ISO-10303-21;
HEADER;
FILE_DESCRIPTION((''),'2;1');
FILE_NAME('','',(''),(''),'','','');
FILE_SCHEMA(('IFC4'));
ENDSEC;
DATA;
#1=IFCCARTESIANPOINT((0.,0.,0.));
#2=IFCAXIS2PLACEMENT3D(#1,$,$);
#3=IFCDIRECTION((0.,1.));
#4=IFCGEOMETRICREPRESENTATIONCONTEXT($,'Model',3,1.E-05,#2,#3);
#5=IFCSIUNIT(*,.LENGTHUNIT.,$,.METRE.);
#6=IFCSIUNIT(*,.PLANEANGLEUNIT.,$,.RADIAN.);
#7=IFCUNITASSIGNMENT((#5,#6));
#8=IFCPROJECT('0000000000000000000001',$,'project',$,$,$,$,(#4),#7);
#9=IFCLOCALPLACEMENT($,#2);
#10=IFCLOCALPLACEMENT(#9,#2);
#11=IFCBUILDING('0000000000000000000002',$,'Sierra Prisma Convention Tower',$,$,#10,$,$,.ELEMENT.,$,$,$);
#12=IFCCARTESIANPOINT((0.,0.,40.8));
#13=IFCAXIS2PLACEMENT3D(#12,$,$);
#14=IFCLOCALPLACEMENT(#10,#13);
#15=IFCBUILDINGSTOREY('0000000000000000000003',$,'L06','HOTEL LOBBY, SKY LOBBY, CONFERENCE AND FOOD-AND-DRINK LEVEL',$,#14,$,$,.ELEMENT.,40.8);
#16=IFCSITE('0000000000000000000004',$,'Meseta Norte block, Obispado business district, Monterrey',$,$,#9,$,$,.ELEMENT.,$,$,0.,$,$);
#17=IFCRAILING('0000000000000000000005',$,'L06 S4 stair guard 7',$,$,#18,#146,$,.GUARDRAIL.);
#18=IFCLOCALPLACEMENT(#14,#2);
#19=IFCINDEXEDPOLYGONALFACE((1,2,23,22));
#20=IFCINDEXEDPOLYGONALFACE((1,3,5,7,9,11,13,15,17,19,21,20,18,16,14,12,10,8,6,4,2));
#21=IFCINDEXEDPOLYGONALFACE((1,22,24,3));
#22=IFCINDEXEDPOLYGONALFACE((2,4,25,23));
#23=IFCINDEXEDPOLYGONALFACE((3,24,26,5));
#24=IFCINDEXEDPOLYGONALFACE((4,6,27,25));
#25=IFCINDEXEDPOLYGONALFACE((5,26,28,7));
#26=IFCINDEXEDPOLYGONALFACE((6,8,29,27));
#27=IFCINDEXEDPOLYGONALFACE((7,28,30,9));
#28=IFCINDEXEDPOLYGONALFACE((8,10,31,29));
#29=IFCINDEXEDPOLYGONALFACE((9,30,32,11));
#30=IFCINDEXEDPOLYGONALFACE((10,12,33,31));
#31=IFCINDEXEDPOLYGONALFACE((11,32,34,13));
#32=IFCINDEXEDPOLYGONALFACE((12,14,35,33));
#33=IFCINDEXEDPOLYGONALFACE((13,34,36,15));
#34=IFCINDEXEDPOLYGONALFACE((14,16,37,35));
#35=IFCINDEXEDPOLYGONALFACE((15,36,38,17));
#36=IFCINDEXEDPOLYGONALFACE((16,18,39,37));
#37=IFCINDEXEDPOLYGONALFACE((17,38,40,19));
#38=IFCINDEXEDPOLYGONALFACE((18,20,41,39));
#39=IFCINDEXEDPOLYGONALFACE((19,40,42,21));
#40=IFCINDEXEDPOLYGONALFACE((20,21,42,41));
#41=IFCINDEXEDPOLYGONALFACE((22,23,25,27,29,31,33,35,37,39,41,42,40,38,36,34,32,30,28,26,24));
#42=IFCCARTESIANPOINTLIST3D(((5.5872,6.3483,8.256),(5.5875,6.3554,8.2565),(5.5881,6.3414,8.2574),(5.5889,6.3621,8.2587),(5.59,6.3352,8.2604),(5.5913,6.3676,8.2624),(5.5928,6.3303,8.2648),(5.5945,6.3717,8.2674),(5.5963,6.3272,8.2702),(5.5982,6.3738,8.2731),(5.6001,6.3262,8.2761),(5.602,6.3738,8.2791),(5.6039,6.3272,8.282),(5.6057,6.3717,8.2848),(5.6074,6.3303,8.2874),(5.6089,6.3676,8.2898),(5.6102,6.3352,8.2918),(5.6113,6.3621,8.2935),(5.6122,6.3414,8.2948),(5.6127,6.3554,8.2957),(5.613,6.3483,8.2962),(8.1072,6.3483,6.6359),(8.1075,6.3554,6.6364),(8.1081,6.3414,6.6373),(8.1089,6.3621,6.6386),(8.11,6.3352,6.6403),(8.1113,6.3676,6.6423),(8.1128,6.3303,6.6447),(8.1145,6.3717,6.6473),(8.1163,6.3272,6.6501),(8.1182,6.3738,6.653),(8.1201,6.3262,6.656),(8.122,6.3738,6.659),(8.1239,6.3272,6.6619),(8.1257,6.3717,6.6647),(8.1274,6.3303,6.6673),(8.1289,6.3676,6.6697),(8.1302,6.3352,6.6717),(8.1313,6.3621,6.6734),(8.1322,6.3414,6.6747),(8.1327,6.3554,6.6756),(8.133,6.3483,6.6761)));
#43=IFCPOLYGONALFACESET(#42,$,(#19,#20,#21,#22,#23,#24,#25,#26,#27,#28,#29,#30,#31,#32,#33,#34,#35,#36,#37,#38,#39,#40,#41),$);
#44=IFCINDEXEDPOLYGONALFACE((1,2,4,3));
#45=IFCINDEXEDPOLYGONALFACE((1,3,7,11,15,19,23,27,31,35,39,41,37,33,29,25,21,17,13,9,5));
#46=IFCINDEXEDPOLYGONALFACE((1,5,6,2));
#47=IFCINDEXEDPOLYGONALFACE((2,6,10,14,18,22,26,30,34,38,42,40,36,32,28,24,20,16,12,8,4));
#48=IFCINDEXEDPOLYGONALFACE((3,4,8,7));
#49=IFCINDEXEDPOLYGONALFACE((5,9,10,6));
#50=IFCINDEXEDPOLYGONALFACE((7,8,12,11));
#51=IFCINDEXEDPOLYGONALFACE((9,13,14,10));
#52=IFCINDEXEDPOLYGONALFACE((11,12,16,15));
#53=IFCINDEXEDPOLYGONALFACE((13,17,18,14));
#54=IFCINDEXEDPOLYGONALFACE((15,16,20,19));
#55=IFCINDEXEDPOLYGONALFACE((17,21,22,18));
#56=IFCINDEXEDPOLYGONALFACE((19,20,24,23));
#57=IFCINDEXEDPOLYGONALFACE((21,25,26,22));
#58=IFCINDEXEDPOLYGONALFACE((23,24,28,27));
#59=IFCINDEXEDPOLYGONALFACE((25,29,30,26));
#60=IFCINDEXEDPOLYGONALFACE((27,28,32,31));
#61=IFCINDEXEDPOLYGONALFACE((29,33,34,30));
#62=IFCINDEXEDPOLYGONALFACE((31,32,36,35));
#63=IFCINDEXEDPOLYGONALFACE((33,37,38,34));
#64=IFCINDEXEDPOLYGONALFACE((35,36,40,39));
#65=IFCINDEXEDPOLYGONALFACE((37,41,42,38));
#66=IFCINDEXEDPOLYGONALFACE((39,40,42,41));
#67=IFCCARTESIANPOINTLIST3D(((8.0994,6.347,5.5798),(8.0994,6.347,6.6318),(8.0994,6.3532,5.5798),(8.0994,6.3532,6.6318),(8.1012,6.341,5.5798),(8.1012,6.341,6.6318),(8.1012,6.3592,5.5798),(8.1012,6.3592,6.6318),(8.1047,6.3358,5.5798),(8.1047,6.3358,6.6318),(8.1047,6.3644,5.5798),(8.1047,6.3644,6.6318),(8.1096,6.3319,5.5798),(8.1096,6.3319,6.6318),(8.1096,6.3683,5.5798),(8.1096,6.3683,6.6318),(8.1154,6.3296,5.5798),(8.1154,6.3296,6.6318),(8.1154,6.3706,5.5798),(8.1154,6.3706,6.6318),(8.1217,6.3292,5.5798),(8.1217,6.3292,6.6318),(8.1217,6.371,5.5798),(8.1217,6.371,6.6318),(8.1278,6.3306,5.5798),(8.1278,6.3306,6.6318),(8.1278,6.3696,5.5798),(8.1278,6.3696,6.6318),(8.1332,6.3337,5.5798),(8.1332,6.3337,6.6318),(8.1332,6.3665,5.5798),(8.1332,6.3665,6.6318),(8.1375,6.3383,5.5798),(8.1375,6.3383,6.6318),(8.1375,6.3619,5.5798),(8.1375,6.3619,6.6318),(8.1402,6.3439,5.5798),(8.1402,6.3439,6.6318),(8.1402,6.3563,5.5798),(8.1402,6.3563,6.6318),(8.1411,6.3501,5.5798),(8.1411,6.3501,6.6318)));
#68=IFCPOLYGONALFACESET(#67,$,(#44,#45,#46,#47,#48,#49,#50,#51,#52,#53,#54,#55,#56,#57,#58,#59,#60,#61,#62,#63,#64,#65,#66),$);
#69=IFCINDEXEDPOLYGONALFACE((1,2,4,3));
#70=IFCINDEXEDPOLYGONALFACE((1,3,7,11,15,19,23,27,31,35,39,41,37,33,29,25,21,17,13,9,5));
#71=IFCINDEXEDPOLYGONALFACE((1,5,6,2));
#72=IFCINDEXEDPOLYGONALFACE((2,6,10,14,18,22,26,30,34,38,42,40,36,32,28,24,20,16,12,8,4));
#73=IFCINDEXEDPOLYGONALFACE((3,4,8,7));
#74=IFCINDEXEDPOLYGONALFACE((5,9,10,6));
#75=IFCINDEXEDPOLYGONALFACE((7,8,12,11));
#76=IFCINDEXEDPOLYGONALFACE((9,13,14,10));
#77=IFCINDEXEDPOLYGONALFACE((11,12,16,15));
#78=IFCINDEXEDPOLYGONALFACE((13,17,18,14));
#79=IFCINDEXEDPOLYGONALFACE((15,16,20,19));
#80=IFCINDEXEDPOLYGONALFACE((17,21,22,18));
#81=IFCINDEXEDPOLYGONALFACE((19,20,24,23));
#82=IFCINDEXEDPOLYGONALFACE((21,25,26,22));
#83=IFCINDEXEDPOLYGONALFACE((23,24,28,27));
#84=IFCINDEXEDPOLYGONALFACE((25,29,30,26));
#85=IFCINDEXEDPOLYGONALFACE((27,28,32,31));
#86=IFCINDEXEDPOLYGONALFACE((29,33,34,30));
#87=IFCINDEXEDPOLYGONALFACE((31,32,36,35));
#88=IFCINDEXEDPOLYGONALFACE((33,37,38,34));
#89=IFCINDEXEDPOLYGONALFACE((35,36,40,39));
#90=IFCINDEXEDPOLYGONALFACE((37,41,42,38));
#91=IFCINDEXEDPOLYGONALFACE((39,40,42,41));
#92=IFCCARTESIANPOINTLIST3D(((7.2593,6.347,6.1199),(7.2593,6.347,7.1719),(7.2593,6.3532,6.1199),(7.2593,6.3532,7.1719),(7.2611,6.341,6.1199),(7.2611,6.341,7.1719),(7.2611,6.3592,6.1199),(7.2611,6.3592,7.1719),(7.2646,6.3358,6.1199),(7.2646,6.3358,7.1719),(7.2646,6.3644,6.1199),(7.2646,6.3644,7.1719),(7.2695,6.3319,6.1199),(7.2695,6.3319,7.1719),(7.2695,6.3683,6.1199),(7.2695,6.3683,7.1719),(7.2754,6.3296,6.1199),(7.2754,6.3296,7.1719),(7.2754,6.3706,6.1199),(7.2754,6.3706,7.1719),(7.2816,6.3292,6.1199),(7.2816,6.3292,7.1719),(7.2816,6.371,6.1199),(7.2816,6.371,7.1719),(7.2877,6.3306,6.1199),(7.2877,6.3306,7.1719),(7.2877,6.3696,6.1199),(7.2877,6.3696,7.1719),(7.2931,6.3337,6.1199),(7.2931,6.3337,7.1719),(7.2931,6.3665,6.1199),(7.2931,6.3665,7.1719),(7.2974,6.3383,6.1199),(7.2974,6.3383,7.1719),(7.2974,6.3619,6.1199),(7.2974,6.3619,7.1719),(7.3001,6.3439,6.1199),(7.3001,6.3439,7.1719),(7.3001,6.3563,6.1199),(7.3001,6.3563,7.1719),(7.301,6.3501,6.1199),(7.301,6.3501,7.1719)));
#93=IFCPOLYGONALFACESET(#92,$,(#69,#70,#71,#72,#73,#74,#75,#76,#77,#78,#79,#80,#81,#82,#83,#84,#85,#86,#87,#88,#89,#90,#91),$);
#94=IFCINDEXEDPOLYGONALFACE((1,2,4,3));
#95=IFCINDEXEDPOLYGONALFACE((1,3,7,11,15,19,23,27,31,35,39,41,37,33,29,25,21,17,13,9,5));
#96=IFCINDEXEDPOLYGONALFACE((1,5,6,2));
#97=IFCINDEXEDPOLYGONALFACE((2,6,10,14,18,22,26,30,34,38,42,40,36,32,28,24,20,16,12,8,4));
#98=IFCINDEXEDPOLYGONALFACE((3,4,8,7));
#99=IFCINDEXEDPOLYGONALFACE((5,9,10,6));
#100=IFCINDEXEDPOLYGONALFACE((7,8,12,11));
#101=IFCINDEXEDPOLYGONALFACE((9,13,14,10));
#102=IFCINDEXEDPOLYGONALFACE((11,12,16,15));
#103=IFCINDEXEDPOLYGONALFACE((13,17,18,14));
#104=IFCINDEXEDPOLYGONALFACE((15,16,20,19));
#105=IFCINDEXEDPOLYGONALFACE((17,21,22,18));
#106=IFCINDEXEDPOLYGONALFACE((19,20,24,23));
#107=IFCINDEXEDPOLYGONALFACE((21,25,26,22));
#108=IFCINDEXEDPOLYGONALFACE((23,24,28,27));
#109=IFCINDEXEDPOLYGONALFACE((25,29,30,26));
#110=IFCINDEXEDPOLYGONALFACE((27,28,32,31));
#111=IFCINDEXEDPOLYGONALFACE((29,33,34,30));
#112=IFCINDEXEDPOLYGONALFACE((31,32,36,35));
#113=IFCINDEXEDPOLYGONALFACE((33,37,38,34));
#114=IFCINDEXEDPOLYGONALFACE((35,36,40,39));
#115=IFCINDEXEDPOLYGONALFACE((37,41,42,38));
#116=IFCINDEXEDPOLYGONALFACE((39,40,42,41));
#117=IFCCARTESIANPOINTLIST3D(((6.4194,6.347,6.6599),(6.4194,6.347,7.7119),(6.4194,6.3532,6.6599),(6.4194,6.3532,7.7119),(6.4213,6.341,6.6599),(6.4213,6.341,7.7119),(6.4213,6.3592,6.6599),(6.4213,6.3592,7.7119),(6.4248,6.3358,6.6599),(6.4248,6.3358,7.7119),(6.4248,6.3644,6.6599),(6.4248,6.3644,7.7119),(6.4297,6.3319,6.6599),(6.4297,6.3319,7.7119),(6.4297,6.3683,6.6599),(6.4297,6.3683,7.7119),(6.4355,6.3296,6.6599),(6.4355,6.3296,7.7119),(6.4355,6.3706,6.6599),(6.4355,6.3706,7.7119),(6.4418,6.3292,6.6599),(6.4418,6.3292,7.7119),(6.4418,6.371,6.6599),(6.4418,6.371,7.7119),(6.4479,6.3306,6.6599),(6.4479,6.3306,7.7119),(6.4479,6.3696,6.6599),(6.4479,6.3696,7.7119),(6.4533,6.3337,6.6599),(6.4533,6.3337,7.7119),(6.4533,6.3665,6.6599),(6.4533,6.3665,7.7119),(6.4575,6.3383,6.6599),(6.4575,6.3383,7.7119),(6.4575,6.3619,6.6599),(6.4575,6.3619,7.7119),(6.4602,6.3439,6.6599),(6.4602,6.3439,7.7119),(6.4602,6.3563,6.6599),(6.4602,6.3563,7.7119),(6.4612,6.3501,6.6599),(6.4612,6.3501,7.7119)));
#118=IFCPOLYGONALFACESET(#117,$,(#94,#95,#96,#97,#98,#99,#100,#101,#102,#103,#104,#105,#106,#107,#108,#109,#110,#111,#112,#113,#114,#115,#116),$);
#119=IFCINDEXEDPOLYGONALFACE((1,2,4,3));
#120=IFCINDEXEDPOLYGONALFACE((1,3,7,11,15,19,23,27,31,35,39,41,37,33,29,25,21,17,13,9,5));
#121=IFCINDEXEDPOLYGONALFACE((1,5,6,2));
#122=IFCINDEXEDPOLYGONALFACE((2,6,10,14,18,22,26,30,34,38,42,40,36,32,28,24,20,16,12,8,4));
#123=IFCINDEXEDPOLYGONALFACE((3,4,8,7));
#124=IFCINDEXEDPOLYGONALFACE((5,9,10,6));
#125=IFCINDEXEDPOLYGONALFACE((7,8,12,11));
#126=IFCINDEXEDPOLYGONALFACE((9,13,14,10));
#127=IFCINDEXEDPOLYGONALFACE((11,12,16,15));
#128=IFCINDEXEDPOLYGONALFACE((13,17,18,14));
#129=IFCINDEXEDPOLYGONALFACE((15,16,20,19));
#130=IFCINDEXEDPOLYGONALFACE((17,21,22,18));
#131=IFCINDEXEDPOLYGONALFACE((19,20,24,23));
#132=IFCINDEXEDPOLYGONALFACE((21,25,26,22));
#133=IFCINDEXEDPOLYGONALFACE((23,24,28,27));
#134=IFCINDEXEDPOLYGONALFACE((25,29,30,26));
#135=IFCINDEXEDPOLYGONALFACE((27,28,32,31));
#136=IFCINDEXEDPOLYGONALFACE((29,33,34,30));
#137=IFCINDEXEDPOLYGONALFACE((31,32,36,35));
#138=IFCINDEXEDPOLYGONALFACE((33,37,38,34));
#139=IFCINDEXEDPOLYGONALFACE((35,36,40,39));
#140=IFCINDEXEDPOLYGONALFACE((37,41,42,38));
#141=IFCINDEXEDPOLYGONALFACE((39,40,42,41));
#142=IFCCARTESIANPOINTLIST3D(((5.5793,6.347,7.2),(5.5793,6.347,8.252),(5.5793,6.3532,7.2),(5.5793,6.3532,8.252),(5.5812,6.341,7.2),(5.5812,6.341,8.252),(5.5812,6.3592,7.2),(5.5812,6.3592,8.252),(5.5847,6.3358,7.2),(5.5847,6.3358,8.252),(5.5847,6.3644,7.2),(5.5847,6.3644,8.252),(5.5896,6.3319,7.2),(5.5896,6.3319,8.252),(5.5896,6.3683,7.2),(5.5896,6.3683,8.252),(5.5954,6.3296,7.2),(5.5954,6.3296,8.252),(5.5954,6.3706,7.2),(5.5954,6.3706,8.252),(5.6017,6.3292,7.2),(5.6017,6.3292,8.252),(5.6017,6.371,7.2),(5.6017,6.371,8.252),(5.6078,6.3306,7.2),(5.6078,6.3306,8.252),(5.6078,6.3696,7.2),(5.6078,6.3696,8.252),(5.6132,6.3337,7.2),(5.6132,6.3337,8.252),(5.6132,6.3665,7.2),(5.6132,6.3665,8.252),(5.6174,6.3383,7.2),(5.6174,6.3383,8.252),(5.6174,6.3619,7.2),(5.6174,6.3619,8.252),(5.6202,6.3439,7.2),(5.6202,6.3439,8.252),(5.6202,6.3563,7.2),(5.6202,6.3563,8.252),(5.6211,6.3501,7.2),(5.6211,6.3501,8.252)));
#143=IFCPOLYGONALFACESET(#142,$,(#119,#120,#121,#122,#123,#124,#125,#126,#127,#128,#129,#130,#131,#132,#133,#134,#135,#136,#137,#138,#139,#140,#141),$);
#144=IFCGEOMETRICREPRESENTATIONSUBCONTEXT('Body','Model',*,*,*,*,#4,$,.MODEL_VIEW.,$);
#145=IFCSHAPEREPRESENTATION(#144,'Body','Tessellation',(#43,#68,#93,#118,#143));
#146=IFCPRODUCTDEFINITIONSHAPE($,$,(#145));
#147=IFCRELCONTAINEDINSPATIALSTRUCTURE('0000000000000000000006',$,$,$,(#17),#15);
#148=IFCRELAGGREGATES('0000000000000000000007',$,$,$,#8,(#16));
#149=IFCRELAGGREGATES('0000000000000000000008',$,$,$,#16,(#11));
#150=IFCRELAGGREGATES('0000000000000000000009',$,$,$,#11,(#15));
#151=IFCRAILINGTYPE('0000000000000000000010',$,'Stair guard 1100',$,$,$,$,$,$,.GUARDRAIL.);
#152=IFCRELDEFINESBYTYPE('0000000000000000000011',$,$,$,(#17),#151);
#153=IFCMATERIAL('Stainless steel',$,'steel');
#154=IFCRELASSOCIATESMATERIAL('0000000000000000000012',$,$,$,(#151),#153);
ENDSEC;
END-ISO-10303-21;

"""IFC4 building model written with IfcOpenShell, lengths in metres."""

from ifc_helpers import new_model, si_unit, direction, frame, origin, origin_2d, place, context, subcontext, project, spatial, circle, extrude, material, type_object, element, save


model = new_model("IFC4")

# Units and contexts
model_context = context("Model", 3, precision=1e-05, world=origin(), true_north=direction((0.0, 1.0)))
body_context = subcontext(model_context, "Body", "Model", "MODEL_VIEW")
ifc_project = project(units=[si_unit("LENGTHUNIT", "METRE"), si_unit("PLANEANGLEUNIT", "RADIAN")], contexts=[model_context])

# Site, building, storey
site_placement = place(None, origin())
site = spatial("IfcSite", under=ifc_project, at=site_placement, Name="Meseta Norte block, Obispado business district, Monterrey", CompositionType="ELEMENT", RefElevation=0.0)
building_placement = place(site_placement, origin())
building = spatial("IfcBuilding", under=site, at=building_placement, Name="Sierra Prisma Convention Tower", CompositionType="ELEMENT")
storey_placement = place(building_placement, frame((0.0, 0.0, 40.8)))
storey = spatial("IfcBuildingStorey", under=building, at=storey_placement, Name="L06", Description="HOTEL LOBBY, SKY LOBBY, CONFERENCE AND FOOD-AND-DRINK LEVEL", CompositionType="ELEMENT", Elevation=40.8)

# Railing
ifc_material_1 = material(Name="Stainless steel", Category="steel")
railing_type_1 = type_object("IfcRailingType", Name="Stair guard 1100", PredefinedType="GUARDRAIL", material=ifc_material_1)
railing_1_placement = place(storey_placement, frame((8.1201, 6.3501, 5.5798)))
element("IfcRailing", 1, at=railing_1_placement, inside=storey, type_object=railing_type_1, Name="L06 S4 stair guard 7", PredefinedType="GUARDRAIL", context=body_context, shape_type="SweptSolid", body=[
    extrude(circle(Radius=0.0239, at=origin_2d()), frame((0.0, 0.0, 1.0762), z_axis=(-0.841163, 0.0, 0.540782), x_axis=(0.0, -1.0, 0.0)), (0.0, 0.0, 1.0), 2.9958),
    extrude(circle(Radius=0.021, at=origin_2d()), origin(), (0.0, 0.0, 1.0), 1.052),
    extrude(circle(Radius=0.021, at=origin_2d()), frame((-0.8401, 0.0, 0.54)), (0.0, 0.0, 1.0), 1.052),
    extrude(circle(Radius=0.021, at=origin_2d()), frame((-1.6799, 0.0, 1.0801)), (0.0, 0.0, 1.0), 1.052),
    extrude(circle(Radius=0.021, at=origin_2d()), frame((-2.52, 0.0, 1.6201)), (0.0, 0.0, 1.0), 1.052),
])

save(model, "model.ifc")
